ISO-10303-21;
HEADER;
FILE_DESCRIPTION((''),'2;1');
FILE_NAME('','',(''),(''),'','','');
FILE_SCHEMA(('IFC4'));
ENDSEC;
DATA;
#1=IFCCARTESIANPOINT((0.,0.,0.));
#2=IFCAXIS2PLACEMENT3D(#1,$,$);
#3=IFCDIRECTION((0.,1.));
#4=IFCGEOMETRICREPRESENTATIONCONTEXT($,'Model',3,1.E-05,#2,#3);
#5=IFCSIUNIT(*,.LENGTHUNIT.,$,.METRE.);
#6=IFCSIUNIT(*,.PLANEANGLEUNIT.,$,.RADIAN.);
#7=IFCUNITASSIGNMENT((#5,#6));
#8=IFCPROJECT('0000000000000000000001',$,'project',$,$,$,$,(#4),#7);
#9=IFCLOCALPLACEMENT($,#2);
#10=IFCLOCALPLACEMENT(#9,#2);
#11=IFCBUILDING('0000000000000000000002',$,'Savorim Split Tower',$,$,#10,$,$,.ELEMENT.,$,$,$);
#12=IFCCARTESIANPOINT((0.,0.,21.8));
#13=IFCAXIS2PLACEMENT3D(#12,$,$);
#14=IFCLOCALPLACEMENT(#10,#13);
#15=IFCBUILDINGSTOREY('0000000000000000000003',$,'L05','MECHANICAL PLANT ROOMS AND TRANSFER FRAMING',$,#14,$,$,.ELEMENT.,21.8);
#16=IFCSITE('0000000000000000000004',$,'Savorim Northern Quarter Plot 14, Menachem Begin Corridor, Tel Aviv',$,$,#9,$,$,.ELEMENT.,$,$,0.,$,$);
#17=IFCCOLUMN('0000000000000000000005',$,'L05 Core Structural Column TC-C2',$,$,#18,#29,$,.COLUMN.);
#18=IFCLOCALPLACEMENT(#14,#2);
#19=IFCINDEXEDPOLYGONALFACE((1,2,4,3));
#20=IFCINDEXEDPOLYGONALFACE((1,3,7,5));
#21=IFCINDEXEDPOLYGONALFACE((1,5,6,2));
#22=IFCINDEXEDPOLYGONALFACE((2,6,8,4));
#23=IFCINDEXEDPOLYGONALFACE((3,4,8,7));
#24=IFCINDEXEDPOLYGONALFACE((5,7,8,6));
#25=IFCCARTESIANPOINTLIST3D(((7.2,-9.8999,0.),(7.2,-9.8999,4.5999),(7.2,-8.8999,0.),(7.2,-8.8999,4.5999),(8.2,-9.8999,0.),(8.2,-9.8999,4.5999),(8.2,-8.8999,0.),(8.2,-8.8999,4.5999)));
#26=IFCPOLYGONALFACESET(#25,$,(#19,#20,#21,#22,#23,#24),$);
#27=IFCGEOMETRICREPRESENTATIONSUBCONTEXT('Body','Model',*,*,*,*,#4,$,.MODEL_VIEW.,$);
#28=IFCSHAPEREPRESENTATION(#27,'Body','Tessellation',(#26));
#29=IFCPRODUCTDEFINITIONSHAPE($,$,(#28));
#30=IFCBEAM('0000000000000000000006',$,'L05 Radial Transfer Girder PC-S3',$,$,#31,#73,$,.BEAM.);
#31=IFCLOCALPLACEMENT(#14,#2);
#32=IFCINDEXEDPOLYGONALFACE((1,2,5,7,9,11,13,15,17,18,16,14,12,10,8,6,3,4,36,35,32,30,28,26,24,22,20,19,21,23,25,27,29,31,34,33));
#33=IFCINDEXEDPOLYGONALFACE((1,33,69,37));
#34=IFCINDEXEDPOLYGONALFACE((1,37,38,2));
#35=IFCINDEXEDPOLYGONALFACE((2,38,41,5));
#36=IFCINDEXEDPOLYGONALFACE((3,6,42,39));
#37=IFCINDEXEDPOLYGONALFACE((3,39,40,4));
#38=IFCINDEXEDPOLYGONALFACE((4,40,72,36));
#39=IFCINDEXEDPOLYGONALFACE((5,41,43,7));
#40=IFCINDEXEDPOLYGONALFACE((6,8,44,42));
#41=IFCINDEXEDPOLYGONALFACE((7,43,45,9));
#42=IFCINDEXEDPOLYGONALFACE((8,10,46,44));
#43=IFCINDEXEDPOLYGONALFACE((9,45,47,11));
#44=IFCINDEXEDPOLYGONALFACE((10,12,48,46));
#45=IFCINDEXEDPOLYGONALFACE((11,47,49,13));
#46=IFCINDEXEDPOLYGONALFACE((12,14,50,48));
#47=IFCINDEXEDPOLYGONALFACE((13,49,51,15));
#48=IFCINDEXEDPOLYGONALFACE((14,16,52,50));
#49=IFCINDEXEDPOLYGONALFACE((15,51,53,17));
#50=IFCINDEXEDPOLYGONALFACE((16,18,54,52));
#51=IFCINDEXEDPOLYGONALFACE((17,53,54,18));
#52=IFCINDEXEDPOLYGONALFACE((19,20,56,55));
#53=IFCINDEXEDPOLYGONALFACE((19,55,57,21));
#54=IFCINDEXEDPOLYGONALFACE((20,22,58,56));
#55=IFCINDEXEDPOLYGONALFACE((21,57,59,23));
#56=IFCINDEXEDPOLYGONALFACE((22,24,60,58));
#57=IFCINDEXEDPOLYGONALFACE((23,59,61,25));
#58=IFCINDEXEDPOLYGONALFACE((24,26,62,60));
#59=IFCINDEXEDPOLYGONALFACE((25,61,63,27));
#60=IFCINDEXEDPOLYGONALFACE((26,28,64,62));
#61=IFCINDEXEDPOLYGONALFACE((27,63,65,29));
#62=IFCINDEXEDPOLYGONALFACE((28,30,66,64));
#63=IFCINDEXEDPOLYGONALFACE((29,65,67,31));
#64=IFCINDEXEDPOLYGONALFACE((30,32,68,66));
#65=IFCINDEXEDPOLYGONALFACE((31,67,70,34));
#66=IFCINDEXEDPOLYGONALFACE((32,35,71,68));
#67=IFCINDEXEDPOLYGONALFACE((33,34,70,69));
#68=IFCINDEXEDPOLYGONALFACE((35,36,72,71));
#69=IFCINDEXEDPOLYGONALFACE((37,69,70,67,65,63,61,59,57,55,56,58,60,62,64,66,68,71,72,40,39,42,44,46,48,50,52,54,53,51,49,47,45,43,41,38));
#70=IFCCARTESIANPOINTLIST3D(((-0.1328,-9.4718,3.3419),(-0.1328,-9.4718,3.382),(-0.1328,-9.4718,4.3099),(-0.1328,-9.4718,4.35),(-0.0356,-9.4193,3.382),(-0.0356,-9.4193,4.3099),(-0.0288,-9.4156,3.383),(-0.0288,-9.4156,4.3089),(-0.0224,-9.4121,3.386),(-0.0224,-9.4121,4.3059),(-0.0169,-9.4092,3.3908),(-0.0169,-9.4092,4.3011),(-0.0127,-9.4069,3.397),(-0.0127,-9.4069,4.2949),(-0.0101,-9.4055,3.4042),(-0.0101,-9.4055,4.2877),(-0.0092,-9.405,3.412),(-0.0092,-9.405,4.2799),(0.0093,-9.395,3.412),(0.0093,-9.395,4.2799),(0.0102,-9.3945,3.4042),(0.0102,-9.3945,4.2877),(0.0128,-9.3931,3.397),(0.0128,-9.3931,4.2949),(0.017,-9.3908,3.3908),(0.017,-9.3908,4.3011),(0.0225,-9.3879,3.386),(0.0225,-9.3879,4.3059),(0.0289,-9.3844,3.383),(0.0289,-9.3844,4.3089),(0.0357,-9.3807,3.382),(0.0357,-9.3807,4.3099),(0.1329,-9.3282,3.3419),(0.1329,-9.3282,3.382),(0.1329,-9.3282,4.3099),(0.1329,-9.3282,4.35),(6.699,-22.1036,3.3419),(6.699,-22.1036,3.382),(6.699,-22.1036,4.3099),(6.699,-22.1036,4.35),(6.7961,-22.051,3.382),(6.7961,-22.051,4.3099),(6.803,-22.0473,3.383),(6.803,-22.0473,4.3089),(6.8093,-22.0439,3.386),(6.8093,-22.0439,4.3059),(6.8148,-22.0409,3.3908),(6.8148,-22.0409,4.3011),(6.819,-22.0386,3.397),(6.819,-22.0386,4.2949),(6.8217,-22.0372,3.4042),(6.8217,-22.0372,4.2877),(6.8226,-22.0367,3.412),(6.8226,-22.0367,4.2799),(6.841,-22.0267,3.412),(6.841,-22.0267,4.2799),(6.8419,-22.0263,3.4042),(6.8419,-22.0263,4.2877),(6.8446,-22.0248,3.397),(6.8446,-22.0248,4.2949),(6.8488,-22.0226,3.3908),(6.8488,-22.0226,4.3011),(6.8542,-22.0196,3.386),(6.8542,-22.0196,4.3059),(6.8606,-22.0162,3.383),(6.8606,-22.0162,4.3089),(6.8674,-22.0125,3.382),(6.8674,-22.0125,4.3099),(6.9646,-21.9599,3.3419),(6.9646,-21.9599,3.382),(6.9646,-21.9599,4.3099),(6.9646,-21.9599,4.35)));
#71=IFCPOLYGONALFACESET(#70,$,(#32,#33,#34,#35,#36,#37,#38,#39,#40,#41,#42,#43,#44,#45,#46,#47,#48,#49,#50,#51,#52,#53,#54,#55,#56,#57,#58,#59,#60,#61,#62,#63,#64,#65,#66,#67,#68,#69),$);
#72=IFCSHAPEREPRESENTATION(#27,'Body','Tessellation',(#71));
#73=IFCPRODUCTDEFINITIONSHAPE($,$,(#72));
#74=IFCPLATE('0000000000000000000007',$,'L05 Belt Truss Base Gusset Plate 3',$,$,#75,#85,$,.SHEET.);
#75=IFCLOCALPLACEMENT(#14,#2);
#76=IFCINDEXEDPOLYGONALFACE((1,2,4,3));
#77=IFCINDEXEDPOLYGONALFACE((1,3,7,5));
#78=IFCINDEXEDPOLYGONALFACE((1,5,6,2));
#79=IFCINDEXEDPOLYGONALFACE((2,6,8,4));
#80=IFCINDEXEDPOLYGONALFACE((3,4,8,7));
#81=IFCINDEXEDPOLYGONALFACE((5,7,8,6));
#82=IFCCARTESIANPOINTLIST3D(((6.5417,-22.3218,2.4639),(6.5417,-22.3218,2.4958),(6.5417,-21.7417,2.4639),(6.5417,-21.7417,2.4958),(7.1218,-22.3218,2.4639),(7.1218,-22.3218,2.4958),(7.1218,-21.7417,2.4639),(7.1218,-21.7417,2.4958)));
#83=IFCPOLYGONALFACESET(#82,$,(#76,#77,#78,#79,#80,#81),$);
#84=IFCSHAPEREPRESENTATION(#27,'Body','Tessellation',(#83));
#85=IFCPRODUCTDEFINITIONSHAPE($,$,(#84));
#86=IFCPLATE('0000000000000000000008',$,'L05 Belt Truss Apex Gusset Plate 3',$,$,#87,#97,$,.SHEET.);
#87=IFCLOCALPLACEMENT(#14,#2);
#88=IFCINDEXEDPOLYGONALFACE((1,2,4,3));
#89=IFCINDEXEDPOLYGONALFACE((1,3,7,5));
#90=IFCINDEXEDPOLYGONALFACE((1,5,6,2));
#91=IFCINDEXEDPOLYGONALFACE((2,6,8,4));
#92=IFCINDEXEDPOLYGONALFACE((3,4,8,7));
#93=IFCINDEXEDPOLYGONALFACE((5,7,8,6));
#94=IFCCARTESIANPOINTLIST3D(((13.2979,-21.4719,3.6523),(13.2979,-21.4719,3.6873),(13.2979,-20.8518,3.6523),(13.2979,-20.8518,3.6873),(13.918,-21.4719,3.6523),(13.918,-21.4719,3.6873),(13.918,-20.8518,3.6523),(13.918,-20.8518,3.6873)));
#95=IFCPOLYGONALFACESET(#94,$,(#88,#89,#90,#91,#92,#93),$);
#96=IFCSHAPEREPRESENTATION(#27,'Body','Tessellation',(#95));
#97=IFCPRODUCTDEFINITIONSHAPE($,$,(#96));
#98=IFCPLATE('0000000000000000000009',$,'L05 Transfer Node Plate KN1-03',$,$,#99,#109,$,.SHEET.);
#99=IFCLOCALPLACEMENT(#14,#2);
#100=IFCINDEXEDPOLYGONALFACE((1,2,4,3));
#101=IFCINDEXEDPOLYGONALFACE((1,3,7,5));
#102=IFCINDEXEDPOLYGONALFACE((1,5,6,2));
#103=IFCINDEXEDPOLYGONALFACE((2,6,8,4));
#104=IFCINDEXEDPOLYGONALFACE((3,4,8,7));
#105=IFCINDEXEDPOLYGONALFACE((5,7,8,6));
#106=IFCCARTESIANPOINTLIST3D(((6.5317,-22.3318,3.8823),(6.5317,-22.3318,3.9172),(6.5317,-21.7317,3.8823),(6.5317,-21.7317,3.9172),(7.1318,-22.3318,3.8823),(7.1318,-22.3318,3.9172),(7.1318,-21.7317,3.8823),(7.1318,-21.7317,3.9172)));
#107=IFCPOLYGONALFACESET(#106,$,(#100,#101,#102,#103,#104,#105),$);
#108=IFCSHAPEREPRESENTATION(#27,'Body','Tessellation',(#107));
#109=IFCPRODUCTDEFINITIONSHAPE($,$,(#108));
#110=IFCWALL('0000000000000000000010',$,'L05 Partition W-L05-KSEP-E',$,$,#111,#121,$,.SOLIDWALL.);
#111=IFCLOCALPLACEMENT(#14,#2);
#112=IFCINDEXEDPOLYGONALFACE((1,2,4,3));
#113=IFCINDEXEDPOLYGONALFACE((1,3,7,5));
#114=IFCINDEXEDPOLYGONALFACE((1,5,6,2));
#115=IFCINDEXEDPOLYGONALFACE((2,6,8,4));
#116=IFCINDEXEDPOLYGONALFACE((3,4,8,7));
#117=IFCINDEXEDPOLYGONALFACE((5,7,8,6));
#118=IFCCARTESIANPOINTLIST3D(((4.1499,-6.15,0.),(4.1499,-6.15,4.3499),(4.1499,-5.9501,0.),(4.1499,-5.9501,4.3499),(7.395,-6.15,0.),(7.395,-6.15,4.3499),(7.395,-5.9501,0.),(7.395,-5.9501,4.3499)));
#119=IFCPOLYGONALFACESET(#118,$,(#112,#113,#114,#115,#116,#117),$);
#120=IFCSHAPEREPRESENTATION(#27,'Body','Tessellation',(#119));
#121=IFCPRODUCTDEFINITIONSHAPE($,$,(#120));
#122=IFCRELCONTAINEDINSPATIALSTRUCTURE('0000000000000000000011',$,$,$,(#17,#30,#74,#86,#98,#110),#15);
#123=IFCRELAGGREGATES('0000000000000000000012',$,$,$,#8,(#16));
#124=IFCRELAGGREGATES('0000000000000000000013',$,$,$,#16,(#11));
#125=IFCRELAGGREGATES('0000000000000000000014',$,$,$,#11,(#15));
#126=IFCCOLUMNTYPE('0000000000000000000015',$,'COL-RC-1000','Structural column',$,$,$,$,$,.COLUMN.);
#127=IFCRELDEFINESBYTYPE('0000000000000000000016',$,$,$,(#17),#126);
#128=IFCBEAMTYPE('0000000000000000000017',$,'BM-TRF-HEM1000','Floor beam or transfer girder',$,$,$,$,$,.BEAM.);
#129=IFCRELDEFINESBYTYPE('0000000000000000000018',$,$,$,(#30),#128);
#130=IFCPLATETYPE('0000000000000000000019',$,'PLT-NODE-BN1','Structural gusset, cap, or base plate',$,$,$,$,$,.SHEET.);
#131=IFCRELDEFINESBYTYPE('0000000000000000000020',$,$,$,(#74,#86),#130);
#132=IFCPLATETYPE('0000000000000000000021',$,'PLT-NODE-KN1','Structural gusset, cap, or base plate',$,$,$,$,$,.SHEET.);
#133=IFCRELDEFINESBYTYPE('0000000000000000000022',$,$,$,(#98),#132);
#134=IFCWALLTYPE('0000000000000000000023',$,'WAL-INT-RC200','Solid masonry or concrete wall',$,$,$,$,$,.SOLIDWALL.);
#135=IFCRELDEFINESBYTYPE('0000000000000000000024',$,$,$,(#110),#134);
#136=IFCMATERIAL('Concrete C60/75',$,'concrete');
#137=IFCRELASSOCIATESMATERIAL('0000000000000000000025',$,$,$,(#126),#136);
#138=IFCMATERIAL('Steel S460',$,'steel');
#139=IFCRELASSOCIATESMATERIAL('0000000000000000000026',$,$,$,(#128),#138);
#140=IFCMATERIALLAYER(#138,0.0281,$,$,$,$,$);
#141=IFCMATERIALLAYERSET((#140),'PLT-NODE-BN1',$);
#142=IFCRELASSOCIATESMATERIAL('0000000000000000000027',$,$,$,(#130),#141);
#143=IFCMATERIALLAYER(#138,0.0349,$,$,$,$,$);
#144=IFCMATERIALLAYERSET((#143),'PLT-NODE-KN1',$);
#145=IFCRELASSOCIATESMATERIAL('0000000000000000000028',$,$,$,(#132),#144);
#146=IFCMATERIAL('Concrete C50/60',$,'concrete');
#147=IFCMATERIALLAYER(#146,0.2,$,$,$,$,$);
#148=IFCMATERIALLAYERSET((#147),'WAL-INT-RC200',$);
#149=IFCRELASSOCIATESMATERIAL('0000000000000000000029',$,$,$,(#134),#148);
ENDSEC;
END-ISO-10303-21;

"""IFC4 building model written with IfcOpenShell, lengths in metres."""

from ifc_helpers import new_model, si_unit, direction, frame, frame_2d, origin, origin_2d, place, context, subcontext, project, spatial, rectangle, i_section, extrude, material, layer, layer_set, material_profile, profile_set, type_object, element, save


model = new_model("IFC4")

# Units and contexts
model_context = context("Model", 3, precision=1e-05, world=origin(), true_north=direction((0.0, 1.0)))
body_context = subcontext(model_context, "Body", "Model", "MODEL_VIEW")
ifc_project = project(units=[si_unit("LENGTHUNIT", "METRE"), si_unit("PLANEANGLEUNIT", "RADIAN")], contexts=[model_context])

# Site, building, storey
site_placement = place(None, origin())
site = spatial("IfcSite", under=ifc_project, at=site_placement, Name="Savorim Northern Quarter Plot 14, Menachem Begin Corridor, Tel Aviv", CompositionType="ELEMENT", RefElevation=0.0)
building_placement = place(site_placement, origin())
building = spatial("IfcBuilding", under=site, at=building_placement, Name="Savorim Split Tower", CompositionType="ELEMENT")
storey_placement = place(building_placement, frame((0.0, 0.0, 21.8)))
storey = spatial("IfcBuildingStorey", under=building, at=storey_placement, Name="L05", Description="MECHANICAL PLANT ROOMS AND TRANSFER FRAMING", CompositionType="ELEMENT", Elevation=21.8)

# Column
ifc_material_1 = material(Name="Concrete C60/75", Category="concrete")
ifc_material_profile_1 = material_profile(ifc_material_1, rectangle(XDim=1.0, YDim=1.0, at=origin_2d()), Name="RC 1000x1000")
ifc_profile_set_1 = profile_set([ifc_material_profile_1], Name="Concrete C60/75")
column_type = type_object("IfcColumnType", Name="COL-RC-1000", Description="Structural column", PredefinedType="COLUMN", material=ifc_profile_set_1)
column_placement = place(storey_placement, frame((7.7, -9.3999, 0.0), z_axis=(0.0, 0.0, 1.0), x_axis=(1.0, 0.0, 0.0)))
element("IfcColumn", 1, at=column_placement, inside=storey, type_object=column_type, Name="L05 Core Structural Column TC-C2", PredefinedType="COLUMN", context=body_context, shape_type="SweptSolid", body=[
    extrude(rectangle(XDim=1.0, YDim=1.0, at=origin_2d()), origin(), (0.0, 0.0, 1.0), 4.5999),
])

# Beam
ifc_material_2 = material(Name="Steel S460", Category="steel")
ifc_material_profile_2 = material_profile(ifc_material_2, i_section(OverallWidth=0.302, OverallDepth=1.0081, WebThickness=0.021, FlangeThickness=0.04, FilletRadius=0.03, at=origin_2d()), Name="HE 1000 M")
ifc_profile_set_2 = profile_set([ifc_material_profile_2], Name="Steel S460")
beam_type = type_object("IfcBeamType", Name="BM-TRF-HEM1000", Description="Floor beam or transfer girder", PredefinedType="BEAM", material=ifc_profile_set_2)
beam_placement = place(storey_placement, frame((6.8318, -22.0317, 3.8459), z_axis=(-0.47572, 0.879597, 0.0), x_axis=(-0.879597, -0.47572, 0.0)))
element("IfcBeam", 2, at=beam_placement, inside=storey, type_object=beam_type, Name="L05 Radial Transfer Girder PC-S3", PredefinedType="BEAM", context=body_context, shape_type="SweptSolid", body=[
    extrude(i_section(OverallWidth=0.302, OverallDepth=1.0081, WebThickness=0.021, FlangeThickness=0.04, FilletRadius=0.03, at=origin_2d()), origin(), (0.0, 0.0, 1.0), 14.3608),
])

# Plates
ifc_layer_1 = layer(ifc_material_2, 0.0281)
ifc_layer_set_1 = layer_set([ifc_layer_1], Name="PLT-NODE-BN1")
plate_type_1 = type_object("IfcPlateType", Name="PLT-NODE-BN1", Description="Structural gusset, cap, or base plate", PredefinedType="SHEET", material=ifc_layer_set_1)
plate_1_placement = place(storey_placement, frame((6.8318, -22.0317, 2.4639), z_axis=(0.0, 0.0, 1.0), x_axis=(1.0, 0.0, 0.0)))
element("IfcPlate", 3, at=plate_1_placement, inside=storey, type_object=plate_type_1, Name="L05 Belt Truss Base Gusset Plate 3", PredefinedType="SHEET", context=body_context, shape_type="SweptSolid", body=[
    extrude(rectangle(XDim=0.5801, YDim=0.5801, at=origin_2d()), origin(), (0.0, 0.0, 1.0), 0.032),
])
plate_2_placement = place(storey_placement, frame((13.6079, -21.1619, 3.6523), z_axis=(0.0, 0.0, 1.0), x_axis=(1.0, 0.0, 0.0)))
element("IfcPlate", 4, at=plate_2_placement, inside=storey, type_object=plate_type_1, Name="L05 Belt Truss Apex Gusset Plate 3", PredefinedType="SHEET", context=body_context, shape_type="SweptSolid", body=[
    extrude(rectangle(XDim=0.6201, YDim=0.6201, at=origin_2d()), origin(), (0.0, 0.0, 1.0), 0.0349),
])
ifc_layer_2 = layer(ifc_material_2, 0.0349)
ifc_layer_set_2 = layer_set([ifc_layer_2], Name="PLT-NODE-KN1")
plate_type_2 = type_object("IfcPlateType", Name="PLT-NODE-KN1", Description="Structural gusset, cap, or base plate", PredefinedType="SHEET", material=ifc_layer_set_2)
plate_3_placement = place(storey_placement, frame((6.8318, -22.0317, 3.8823), z_axis=(0.0, 0.0, 1.0), x_axis=(1.0, 0.0, 0.0)))
element("IfcPlate", 5, at=plate_3_placement, inside=storey, type_object=plate_type_2, Name="L05 Transfer Node Plate KN1-03", PredefinedType="SHEET", context=body_context, shape_type="SweptSolid", body=[
    extrude(rectangle(XDim=0.6001, YDim=0.6001, at=origin_2d()), origin(), (0.0, 0.0, 1.0), 0.0349),
])

# Shared definitions
ifc_material_3 = material(Name="Concrete C50/60", Category="concrete")
ifc_layer_3 = layer(ifc_material_3, 0.2)
ifc_layer_set_3 = layer_set([ifc_layer_3], Name="WAL-INT-RC200")
wall_type_1 = type_object("IfcWallType", Name="WAL-INT-RC200", Description="Solid masonry or concrete wall", PredefinedType="SOLIDWALL", material=ifc_layer_set_3)

# Wall
wall_1_placement = place(storey_placement, frame((4.1499, -6.05, 0.0), z_axis=(0.0, 0.0, 1.0), x_axis=(1.0, 0.0, 0.0)))
element("IfcWall", 6, at=wall_1_placement, inside=storey, type_object=wall_type_1, Name="L05 Partition W-L05-KSEP-E", PredefinedType="SOLIDWALL", context=body_context, shape_type="SweptSolid", body=[
    extrude(rectangle(XDim=3.2451, YDim=0.2, at=frame_2d((1.6226, 0.0))), origin(), (0.0, 0.0, 1.0), 4.3499),
])

save(model, "model.ifc")
